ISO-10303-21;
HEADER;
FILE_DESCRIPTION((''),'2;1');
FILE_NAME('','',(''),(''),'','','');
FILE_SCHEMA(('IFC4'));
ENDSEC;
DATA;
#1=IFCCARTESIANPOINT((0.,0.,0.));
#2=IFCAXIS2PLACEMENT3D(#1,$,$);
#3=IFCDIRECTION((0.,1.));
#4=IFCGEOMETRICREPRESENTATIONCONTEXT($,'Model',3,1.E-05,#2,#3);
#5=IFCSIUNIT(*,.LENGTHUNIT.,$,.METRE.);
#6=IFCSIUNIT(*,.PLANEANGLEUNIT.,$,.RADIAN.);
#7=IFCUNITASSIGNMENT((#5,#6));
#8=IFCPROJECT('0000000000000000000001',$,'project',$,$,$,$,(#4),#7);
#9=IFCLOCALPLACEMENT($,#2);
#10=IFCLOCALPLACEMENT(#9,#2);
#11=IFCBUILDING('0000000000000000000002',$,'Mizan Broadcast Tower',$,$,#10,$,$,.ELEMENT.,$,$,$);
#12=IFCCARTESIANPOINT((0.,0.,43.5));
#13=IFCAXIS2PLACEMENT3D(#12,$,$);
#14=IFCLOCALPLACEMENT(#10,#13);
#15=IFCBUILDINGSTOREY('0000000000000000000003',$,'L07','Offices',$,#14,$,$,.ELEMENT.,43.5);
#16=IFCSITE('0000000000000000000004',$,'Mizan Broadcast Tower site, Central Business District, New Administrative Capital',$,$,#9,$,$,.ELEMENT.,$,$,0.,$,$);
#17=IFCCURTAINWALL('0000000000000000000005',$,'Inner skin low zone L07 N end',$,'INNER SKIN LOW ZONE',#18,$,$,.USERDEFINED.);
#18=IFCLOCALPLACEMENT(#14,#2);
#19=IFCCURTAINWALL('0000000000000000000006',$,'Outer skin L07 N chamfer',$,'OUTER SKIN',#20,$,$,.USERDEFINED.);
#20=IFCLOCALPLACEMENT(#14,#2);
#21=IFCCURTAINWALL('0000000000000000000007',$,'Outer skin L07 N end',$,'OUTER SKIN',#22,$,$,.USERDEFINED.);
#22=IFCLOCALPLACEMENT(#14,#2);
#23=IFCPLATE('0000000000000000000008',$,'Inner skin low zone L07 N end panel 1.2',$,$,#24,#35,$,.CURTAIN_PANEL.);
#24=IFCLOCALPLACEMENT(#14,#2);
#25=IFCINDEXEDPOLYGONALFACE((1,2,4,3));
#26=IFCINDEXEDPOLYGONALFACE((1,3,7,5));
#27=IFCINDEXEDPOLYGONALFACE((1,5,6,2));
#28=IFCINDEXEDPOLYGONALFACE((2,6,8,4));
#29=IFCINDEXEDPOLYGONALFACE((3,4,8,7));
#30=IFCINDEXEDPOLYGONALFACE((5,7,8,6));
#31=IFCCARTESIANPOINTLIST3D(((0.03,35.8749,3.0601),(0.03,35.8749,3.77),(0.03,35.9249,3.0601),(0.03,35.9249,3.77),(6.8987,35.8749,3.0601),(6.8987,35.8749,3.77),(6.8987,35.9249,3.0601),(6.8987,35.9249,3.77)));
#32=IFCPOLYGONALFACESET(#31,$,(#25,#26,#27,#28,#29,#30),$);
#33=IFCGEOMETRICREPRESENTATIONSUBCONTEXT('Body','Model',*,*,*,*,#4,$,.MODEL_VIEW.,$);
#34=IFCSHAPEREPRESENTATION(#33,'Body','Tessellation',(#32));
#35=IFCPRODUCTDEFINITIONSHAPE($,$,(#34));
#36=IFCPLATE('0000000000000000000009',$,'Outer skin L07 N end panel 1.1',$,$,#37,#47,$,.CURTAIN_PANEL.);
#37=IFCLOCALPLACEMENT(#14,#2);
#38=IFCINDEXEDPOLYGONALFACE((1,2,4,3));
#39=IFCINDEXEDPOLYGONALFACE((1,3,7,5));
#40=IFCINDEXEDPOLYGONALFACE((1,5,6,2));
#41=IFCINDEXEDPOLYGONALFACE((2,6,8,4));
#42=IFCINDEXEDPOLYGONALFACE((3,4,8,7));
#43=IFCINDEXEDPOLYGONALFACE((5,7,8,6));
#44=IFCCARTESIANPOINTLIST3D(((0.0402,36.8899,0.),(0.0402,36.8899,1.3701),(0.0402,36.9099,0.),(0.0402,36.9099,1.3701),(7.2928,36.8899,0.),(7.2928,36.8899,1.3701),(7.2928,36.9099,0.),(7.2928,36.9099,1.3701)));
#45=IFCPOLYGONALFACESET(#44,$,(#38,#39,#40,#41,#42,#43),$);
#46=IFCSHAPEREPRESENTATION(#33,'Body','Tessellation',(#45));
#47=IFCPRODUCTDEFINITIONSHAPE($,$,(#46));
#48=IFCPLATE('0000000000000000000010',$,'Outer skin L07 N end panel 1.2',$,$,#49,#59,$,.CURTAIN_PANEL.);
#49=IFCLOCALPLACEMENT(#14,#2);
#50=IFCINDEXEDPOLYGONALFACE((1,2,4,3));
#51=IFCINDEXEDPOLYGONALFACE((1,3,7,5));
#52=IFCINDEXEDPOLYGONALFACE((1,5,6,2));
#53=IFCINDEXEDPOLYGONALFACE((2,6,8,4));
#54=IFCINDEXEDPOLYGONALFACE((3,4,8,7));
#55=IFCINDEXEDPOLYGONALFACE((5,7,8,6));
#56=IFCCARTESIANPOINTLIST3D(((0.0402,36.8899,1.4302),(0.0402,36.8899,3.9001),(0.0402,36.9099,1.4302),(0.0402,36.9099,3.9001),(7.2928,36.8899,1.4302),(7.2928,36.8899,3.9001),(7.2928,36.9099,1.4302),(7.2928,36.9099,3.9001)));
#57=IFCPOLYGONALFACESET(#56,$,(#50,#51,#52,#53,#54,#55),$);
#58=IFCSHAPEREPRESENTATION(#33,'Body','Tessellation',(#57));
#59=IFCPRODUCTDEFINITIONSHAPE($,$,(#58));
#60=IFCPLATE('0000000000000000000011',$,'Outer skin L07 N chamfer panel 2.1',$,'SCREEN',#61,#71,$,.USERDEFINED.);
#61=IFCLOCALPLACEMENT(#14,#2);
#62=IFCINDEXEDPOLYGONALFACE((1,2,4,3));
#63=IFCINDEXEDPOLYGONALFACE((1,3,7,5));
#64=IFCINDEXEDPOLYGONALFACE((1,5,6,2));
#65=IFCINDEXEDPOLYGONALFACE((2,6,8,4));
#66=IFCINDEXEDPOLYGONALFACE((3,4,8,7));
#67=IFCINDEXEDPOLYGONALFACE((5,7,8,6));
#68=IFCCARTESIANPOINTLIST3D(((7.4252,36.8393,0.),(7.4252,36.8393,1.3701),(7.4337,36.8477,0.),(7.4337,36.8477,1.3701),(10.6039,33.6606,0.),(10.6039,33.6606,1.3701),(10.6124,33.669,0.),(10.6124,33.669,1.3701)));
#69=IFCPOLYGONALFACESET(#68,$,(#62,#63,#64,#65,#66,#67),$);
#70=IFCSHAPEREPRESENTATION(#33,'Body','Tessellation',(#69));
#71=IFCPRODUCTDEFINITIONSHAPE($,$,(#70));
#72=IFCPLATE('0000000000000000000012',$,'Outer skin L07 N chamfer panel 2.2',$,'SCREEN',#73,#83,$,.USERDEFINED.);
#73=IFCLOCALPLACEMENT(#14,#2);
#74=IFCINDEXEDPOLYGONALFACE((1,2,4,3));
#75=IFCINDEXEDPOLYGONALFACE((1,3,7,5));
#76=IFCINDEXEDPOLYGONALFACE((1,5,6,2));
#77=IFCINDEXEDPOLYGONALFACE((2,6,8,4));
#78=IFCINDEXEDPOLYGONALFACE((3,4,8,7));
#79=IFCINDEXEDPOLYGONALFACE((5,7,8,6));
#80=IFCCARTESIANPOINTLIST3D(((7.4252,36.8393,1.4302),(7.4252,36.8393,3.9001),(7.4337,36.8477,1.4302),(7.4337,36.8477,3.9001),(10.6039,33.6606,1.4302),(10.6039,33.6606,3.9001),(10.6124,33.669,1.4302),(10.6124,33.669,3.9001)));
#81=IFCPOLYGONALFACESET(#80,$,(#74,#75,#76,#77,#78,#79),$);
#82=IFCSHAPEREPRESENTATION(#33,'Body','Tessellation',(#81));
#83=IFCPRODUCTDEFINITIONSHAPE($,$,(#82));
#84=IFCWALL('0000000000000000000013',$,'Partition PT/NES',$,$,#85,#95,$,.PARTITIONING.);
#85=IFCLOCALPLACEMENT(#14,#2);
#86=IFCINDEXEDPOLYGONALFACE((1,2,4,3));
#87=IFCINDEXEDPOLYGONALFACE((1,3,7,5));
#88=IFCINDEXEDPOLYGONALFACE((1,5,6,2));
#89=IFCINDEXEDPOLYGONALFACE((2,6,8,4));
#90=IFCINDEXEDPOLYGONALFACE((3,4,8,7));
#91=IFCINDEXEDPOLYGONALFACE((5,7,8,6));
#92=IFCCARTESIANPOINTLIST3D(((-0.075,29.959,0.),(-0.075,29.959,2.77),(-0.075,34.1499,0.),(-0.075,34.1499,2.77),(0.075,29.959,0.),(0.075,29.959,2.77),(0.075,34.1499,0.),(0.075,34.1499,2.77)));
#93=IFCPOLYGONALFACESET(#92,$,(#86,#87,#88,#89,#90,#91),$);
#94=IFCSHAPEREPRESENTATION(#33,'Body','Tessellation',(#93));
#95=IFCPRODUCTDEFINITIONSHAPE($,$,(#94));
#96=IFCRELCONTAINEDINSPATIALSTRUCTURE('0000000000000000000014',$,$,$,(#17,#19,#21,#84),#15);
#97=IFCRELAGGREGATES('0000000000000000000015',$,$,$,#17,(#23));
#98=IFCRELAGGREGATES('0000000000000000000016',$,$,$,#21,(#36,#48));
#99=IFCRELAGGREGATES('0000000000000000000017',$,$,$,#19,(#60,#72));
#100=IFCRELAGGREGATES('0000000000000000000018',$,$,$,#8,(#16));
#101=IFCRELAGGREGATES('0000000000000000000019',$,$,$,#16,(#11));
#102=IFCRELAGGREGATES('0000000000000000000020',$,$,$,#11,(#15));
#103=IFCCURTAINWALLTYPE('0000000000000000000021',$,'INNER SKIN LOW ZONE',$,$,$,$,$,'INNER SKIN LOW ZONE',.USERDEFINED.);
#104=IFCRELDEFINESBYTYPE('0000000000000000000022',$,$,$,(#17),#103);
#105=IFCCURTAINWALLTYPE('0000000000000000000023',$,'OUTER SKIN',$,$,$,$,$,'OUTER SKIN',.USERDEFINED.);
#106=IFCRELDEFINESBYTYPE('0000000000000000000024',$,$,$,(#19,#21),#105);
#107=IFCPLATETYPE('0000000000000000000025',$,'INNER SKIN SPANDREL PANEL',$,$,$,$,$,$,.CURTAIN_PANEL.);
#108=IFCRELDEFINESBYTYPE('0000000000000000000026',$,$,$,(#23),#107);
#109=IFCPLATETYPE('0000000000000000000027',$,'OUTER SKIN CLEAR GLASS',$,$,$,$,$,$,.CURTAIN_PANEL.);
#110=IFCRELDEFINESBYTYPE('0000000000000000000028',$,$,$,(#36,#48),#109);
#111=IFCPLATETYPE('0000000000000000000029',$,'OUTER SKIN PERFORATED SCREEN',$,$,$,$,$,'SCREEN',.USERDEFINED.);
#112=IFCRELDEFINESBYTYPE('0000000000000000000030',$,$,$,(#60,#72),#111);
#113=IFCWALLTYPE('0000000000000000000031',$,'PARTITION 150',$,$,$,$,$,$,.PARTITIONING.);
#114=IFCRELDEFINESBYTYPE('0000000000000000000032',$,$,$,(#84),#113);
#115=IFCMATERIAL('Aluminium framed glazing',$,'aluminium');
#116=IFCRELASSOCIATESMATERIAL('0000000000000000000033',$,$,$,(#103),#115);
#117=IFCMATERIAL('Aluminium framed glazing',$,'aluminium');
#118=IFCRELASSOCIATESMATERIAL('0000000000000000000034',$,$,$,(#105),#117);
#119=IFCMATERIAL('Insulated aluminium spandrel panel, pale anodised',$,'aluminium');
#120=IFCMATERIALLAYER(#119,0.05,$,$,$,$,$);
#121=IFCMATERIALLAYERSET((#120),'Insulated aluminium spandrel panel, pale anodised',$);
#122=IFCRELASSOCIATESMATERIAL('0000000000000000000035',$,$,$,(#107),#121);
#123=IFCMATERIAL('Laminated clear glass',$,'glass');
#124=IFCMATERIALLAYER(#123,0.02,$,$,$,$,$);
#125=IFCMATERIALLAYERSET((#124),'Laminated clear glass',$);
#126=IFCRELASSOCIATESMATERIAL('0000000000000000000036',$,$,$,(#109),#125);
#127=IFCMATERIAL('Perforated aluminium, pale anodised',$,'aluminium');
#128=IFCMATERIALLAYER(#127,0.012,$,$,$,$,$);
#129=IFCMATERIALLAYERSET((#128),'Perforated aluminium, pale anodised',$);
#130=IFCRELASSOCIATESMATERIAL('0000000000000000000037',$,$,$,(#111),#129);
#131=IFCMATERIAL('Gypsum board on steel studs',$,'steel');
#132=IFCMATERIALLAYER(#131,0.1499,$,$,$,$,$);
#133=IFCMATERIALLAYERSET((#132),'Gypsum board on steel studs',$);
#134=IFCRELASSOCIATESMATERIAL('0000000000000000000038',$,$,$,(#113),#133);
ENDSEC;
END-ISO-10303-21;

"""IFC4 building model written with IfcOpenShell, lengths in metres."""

from ifc_helpers import new_model, si_unit, direction, frame, frame_2d, origin, origin_2d, place, context, subcontext, project, spatial, rectangle, extrude, material, layer, layer_set, type_object, element, aggregate, save


model = new_model("IFC4")

# Units and contexts
model_context = context("Model", 3, precision=1e-05, world=origin(), true_north=direction((0.0, 1.0)))
body_context = subcontext(model_context, "Body", "Model", "MODEL_VIEW")
ifc_project = project(units=[si_unit("LENGTHUNIT", "METRE"), si_unit("PLANEANGLEUNIT", "RADIAN")], contexts=[model_context])

# Site, building, storey
site_placement = place(None, origin())
site = spatial("IfcSite", under=ifc_project, at=site_placement, Name="Mizan Broadcast Tower site, Central Business District, New Administrative Capital", CompositionType="ELEMENT", RefElevation=0.0)
building_placement = place(site_placement, origin())
building = spatial("IfcBuilding", under=site, at=building_placement, Name="Mizan Broadcast Tower", CompositionType="ELEMENT")
storey_placement = place(building_placement, frame((0.0, 0.0, 43.5)))
storey = spatial("IfcBuildingStorey", under=building, at=storey_placement, Name="L07", Description="Offices", CompositionType="ELEMENT", Elevation=43.5)

# Shared definitions
ifc_material_1 = material(Name="Aluminium framed glazing", Category="aluminium")
curtain_wall_type_1 = type_object("IfcCurtainWallType", Name="INNER SKIN LOW ZONE", ElementType="INNER SKIN LOW ZONE", PredefinedType="USERDEFINED", material=ifc_material_1)

# Curtain wall
curtain_wall_1_placement = place(storey_placement, origin())
curtain_wall_1 = element("IfcCurtainWall", 1, at=curtain_wall_1_placement, inside=storey, type_object=curtain_wall_type_1, Name="Inner skin low zone L07 N end", ObjectType="INNER SKIN LOW ZONE", PredefinedType="USERDEFINED")

# Curtain wall
ifc_material_2 = material(Name="Aluminium framed glazing", Category="aluminium")
curtain_wall_type_2 = type_object("IfcCurtainWallType", Name="OUTER SKIN", ElementType="OUTER SKIN", PredefinedType="USERDEFINED", material=ifc_material_2)
curtain_wall_2_placement = place(storey_placement, origin())
curtain_wall_2 = element("IfcCurtainWall", 2, at=curtain_wall_2_placement, inside=storey, type_object=curtain_wall_type_2, Name="Outer skin L07 N chamfer", ObjectType="OUTER SKIN", PredefinedType="USERDEFINED")

# Curtain wall
curtain_wall_3_placement = place(storey_placement, origin())
curtain_wall_3 = element("IfcCurtainWall", 3, at=curtain_wall_3_placement, inside=storey, type_object=curtain_wall_type_2, Name="Outer skin L07 N end", ObjectType="OUTER SKIN", PredefinedType="USERDEFINED")

# Plates
ifc_material_3 = material(Name="Insulated aluminium spandrel panel, pale anodised", Category="aluminium")
ifc_layer_1 = layer(ifc_material_3, 0.05)
ifc_layer_set_1 = layer_set([ifc_layer_1], Name="Insulated aluminium spandrel panel, pale anodised")
plate_type_1 = type_object("IfcPlateType", Name="INNER SKIN SPANDREL PANEL", PredefinedType="CURTAIN_PANEL", material=ifc_layer_set_1)
plate_1_placement = place(storey_placement, frame((3.4644, 35.8999, 3.0601), z_axis=(0.0, 0.0, 1.0), x_axis=(-1.0, 0.0, 0.0)))
plate_1 = element("IfcPlate", 4, at=plate_1_placement, type_object=plate_type_1, Name="Inner skin low zone L07 N end panel 1.2", PredefinedType="CURTAIN_PANEL", context=body_context, shape_type="SweptSolid", body=[
    extrude(rectangle(XDim=6.8687, YDim=0.05, at=origin_2d()), origin(), (0.0, 0.0, 1.0), 0.71),
])
aggregate(curtain_wall_1, [plate_1])
ifc_material_4 = material(Name="Laminated clear glass", Category="glass")
ifc_layer_2 = layer(ifc_material_4, 0.02)
ifc_layer_set_2 = layer_set([ifc_layer_2], Name="Laminated clear glass")
plate_type_2 = type_object("IfcPlateType", Name="OUTER SKIN CLEAR GLASS", PredefinedType="CURTAIN_PANEL", material=ifc_layer_set_2)
plate_2_placement = place(storey_placement, frame((3.6665, 36.8999, 0.0), z_axis=(0.0, 0.0, 1.0), x_axis=(-1.0, 0.0, 0.0)))
plate_2 = element("IfcPlate", 5, at=plate_2_placement, type_object=plate_type_2, Name="Outer skin L07 N end panel 1.1", PredefinedType="CURTAIN_PANEL", context=body_context, shape_type="SweptSolid", body=[
    extrude(rectangle(XDim=7.2527, YDim=0.02, at=origin_2d()), origin(), (0.0, 0.0, 1.0), 1.3701),
])
plate_3_placement = place(storey_placement, frame((3.6665, 36.8999, 1.4302), z_axis=(0.0, 0.0, 1.0), x_axis=(-1.0, 0.0, 0.0)))
plate_3 = element("IfcPlate", 6, at=plate_3_placement, type_object=plate_type_2, Name="Outer skin L07 N end panel 1.2", PredefinedType="CURTAIN_PANEL", context=body_context, shape_type="SweptSolid", body=[
    extrude(rectangle(XDim=7.2527, YDim=0.02, at=origin_2d()), origin(), (0.0, 0.0, 1.0), 2.47),
])
aggregate(curtain_wall_3, [plate_2, plate_3])
ifc_material_5 = material(Name="Perforated aluminium, pale anodised", Category="aluminium")
ifc_layer_3 = layer(ifc_material_5, 0.012)
ifc_layer_set_3 = layer_set([ifc_layer_3], Name="Perforated aluminium, pale anodised")
plate_type_3 = type_object("IfcPlateType", Name="OUTER SKIN PERFORATED SCREEN", ElementType="SCREEN", PredefinedType="USERDEFINED", material=ifc_layer_set_3)
plate_4_placement = place(storey_placement, frame((9.0188, 35.2542, 0.0), z_axis=(0.0, 0.0, 1.0), x_axis=(-0.707107, 0.707107, 0.0)))
plate_4 = element("IfcPlate", 7, at=plate_4_placement, type_object=plate_type_3, Name="Outer skin L07 N chamfer panel 2.1", ObjectType="SCREEN", PredefinedType="USERDEFINED", context=body_context, shape_type="SweptSolid", body=[
    extrude(rectangle(XDim=4.4954, YDim=0.012, at=origin_2d()), origin(), (0.0, 0.0, 1.0), 1.3701),
])
plate_5_placement = place(storey_placement, frame((9.0188, 35.2542, 1.4302), z_axis=(0.0, 0.0, 1.0), x_axis=(-0.707107, 0.707107, 0.0)))
plate_5 = element("IfcPlate", 8, at=plate_5_placement, type_object=plate_type_3, Name="Outer skin L07 N chamfer panel 2.2", ObjectType="SCREEN", PredefinedType="USERDEFINED", context=body_context, shape_type="SweptSolid", body=[
    extrude(rectangle(XDim=4.4954, YDim=0.012, at=origin_2d()), origin(), (0.0, 0.0, 1.0), 2.47),
])
aggregate(curtain_wall_2, [plate_4, plate_5])

# Wall
ifc_material_6 = material(Name="Gypsum board on steel studs", Category="steel")
ifc_layer_4 = layer(ifc_material_6, 0.1499)
ifc_layer_set_4 = layer_set([ifc_layer_4], Name="Gypsum board on steel studs")
wall_type = type_object("IfcWallType", Name="PARTITION 150", PredefinedType="PARTITIONING", material=ifc_layer_set_4)
wall_placement = place(storey_placement, frame((0.0, 29.959, 0.0), z_axis=(0.0, 0.0, 1.0), x_axis=(0.0, 1.0, 0.0)))
element("IfcWall", 9, at=wall_placement, inside=storey, type_object=wall_type, Name="Partition PT/NES", PredefinedType="PARTITIONING", context=body_context, shape_type="SweptSolid", body=[
    extrude(rectangle(XDim=4.1909, YDim=0.1499, at=frame_2d((2.0955, 0.0))), origin(), (0.0, 0.0, 1.0), 2.77),
])

save(model, "model.ifc")
